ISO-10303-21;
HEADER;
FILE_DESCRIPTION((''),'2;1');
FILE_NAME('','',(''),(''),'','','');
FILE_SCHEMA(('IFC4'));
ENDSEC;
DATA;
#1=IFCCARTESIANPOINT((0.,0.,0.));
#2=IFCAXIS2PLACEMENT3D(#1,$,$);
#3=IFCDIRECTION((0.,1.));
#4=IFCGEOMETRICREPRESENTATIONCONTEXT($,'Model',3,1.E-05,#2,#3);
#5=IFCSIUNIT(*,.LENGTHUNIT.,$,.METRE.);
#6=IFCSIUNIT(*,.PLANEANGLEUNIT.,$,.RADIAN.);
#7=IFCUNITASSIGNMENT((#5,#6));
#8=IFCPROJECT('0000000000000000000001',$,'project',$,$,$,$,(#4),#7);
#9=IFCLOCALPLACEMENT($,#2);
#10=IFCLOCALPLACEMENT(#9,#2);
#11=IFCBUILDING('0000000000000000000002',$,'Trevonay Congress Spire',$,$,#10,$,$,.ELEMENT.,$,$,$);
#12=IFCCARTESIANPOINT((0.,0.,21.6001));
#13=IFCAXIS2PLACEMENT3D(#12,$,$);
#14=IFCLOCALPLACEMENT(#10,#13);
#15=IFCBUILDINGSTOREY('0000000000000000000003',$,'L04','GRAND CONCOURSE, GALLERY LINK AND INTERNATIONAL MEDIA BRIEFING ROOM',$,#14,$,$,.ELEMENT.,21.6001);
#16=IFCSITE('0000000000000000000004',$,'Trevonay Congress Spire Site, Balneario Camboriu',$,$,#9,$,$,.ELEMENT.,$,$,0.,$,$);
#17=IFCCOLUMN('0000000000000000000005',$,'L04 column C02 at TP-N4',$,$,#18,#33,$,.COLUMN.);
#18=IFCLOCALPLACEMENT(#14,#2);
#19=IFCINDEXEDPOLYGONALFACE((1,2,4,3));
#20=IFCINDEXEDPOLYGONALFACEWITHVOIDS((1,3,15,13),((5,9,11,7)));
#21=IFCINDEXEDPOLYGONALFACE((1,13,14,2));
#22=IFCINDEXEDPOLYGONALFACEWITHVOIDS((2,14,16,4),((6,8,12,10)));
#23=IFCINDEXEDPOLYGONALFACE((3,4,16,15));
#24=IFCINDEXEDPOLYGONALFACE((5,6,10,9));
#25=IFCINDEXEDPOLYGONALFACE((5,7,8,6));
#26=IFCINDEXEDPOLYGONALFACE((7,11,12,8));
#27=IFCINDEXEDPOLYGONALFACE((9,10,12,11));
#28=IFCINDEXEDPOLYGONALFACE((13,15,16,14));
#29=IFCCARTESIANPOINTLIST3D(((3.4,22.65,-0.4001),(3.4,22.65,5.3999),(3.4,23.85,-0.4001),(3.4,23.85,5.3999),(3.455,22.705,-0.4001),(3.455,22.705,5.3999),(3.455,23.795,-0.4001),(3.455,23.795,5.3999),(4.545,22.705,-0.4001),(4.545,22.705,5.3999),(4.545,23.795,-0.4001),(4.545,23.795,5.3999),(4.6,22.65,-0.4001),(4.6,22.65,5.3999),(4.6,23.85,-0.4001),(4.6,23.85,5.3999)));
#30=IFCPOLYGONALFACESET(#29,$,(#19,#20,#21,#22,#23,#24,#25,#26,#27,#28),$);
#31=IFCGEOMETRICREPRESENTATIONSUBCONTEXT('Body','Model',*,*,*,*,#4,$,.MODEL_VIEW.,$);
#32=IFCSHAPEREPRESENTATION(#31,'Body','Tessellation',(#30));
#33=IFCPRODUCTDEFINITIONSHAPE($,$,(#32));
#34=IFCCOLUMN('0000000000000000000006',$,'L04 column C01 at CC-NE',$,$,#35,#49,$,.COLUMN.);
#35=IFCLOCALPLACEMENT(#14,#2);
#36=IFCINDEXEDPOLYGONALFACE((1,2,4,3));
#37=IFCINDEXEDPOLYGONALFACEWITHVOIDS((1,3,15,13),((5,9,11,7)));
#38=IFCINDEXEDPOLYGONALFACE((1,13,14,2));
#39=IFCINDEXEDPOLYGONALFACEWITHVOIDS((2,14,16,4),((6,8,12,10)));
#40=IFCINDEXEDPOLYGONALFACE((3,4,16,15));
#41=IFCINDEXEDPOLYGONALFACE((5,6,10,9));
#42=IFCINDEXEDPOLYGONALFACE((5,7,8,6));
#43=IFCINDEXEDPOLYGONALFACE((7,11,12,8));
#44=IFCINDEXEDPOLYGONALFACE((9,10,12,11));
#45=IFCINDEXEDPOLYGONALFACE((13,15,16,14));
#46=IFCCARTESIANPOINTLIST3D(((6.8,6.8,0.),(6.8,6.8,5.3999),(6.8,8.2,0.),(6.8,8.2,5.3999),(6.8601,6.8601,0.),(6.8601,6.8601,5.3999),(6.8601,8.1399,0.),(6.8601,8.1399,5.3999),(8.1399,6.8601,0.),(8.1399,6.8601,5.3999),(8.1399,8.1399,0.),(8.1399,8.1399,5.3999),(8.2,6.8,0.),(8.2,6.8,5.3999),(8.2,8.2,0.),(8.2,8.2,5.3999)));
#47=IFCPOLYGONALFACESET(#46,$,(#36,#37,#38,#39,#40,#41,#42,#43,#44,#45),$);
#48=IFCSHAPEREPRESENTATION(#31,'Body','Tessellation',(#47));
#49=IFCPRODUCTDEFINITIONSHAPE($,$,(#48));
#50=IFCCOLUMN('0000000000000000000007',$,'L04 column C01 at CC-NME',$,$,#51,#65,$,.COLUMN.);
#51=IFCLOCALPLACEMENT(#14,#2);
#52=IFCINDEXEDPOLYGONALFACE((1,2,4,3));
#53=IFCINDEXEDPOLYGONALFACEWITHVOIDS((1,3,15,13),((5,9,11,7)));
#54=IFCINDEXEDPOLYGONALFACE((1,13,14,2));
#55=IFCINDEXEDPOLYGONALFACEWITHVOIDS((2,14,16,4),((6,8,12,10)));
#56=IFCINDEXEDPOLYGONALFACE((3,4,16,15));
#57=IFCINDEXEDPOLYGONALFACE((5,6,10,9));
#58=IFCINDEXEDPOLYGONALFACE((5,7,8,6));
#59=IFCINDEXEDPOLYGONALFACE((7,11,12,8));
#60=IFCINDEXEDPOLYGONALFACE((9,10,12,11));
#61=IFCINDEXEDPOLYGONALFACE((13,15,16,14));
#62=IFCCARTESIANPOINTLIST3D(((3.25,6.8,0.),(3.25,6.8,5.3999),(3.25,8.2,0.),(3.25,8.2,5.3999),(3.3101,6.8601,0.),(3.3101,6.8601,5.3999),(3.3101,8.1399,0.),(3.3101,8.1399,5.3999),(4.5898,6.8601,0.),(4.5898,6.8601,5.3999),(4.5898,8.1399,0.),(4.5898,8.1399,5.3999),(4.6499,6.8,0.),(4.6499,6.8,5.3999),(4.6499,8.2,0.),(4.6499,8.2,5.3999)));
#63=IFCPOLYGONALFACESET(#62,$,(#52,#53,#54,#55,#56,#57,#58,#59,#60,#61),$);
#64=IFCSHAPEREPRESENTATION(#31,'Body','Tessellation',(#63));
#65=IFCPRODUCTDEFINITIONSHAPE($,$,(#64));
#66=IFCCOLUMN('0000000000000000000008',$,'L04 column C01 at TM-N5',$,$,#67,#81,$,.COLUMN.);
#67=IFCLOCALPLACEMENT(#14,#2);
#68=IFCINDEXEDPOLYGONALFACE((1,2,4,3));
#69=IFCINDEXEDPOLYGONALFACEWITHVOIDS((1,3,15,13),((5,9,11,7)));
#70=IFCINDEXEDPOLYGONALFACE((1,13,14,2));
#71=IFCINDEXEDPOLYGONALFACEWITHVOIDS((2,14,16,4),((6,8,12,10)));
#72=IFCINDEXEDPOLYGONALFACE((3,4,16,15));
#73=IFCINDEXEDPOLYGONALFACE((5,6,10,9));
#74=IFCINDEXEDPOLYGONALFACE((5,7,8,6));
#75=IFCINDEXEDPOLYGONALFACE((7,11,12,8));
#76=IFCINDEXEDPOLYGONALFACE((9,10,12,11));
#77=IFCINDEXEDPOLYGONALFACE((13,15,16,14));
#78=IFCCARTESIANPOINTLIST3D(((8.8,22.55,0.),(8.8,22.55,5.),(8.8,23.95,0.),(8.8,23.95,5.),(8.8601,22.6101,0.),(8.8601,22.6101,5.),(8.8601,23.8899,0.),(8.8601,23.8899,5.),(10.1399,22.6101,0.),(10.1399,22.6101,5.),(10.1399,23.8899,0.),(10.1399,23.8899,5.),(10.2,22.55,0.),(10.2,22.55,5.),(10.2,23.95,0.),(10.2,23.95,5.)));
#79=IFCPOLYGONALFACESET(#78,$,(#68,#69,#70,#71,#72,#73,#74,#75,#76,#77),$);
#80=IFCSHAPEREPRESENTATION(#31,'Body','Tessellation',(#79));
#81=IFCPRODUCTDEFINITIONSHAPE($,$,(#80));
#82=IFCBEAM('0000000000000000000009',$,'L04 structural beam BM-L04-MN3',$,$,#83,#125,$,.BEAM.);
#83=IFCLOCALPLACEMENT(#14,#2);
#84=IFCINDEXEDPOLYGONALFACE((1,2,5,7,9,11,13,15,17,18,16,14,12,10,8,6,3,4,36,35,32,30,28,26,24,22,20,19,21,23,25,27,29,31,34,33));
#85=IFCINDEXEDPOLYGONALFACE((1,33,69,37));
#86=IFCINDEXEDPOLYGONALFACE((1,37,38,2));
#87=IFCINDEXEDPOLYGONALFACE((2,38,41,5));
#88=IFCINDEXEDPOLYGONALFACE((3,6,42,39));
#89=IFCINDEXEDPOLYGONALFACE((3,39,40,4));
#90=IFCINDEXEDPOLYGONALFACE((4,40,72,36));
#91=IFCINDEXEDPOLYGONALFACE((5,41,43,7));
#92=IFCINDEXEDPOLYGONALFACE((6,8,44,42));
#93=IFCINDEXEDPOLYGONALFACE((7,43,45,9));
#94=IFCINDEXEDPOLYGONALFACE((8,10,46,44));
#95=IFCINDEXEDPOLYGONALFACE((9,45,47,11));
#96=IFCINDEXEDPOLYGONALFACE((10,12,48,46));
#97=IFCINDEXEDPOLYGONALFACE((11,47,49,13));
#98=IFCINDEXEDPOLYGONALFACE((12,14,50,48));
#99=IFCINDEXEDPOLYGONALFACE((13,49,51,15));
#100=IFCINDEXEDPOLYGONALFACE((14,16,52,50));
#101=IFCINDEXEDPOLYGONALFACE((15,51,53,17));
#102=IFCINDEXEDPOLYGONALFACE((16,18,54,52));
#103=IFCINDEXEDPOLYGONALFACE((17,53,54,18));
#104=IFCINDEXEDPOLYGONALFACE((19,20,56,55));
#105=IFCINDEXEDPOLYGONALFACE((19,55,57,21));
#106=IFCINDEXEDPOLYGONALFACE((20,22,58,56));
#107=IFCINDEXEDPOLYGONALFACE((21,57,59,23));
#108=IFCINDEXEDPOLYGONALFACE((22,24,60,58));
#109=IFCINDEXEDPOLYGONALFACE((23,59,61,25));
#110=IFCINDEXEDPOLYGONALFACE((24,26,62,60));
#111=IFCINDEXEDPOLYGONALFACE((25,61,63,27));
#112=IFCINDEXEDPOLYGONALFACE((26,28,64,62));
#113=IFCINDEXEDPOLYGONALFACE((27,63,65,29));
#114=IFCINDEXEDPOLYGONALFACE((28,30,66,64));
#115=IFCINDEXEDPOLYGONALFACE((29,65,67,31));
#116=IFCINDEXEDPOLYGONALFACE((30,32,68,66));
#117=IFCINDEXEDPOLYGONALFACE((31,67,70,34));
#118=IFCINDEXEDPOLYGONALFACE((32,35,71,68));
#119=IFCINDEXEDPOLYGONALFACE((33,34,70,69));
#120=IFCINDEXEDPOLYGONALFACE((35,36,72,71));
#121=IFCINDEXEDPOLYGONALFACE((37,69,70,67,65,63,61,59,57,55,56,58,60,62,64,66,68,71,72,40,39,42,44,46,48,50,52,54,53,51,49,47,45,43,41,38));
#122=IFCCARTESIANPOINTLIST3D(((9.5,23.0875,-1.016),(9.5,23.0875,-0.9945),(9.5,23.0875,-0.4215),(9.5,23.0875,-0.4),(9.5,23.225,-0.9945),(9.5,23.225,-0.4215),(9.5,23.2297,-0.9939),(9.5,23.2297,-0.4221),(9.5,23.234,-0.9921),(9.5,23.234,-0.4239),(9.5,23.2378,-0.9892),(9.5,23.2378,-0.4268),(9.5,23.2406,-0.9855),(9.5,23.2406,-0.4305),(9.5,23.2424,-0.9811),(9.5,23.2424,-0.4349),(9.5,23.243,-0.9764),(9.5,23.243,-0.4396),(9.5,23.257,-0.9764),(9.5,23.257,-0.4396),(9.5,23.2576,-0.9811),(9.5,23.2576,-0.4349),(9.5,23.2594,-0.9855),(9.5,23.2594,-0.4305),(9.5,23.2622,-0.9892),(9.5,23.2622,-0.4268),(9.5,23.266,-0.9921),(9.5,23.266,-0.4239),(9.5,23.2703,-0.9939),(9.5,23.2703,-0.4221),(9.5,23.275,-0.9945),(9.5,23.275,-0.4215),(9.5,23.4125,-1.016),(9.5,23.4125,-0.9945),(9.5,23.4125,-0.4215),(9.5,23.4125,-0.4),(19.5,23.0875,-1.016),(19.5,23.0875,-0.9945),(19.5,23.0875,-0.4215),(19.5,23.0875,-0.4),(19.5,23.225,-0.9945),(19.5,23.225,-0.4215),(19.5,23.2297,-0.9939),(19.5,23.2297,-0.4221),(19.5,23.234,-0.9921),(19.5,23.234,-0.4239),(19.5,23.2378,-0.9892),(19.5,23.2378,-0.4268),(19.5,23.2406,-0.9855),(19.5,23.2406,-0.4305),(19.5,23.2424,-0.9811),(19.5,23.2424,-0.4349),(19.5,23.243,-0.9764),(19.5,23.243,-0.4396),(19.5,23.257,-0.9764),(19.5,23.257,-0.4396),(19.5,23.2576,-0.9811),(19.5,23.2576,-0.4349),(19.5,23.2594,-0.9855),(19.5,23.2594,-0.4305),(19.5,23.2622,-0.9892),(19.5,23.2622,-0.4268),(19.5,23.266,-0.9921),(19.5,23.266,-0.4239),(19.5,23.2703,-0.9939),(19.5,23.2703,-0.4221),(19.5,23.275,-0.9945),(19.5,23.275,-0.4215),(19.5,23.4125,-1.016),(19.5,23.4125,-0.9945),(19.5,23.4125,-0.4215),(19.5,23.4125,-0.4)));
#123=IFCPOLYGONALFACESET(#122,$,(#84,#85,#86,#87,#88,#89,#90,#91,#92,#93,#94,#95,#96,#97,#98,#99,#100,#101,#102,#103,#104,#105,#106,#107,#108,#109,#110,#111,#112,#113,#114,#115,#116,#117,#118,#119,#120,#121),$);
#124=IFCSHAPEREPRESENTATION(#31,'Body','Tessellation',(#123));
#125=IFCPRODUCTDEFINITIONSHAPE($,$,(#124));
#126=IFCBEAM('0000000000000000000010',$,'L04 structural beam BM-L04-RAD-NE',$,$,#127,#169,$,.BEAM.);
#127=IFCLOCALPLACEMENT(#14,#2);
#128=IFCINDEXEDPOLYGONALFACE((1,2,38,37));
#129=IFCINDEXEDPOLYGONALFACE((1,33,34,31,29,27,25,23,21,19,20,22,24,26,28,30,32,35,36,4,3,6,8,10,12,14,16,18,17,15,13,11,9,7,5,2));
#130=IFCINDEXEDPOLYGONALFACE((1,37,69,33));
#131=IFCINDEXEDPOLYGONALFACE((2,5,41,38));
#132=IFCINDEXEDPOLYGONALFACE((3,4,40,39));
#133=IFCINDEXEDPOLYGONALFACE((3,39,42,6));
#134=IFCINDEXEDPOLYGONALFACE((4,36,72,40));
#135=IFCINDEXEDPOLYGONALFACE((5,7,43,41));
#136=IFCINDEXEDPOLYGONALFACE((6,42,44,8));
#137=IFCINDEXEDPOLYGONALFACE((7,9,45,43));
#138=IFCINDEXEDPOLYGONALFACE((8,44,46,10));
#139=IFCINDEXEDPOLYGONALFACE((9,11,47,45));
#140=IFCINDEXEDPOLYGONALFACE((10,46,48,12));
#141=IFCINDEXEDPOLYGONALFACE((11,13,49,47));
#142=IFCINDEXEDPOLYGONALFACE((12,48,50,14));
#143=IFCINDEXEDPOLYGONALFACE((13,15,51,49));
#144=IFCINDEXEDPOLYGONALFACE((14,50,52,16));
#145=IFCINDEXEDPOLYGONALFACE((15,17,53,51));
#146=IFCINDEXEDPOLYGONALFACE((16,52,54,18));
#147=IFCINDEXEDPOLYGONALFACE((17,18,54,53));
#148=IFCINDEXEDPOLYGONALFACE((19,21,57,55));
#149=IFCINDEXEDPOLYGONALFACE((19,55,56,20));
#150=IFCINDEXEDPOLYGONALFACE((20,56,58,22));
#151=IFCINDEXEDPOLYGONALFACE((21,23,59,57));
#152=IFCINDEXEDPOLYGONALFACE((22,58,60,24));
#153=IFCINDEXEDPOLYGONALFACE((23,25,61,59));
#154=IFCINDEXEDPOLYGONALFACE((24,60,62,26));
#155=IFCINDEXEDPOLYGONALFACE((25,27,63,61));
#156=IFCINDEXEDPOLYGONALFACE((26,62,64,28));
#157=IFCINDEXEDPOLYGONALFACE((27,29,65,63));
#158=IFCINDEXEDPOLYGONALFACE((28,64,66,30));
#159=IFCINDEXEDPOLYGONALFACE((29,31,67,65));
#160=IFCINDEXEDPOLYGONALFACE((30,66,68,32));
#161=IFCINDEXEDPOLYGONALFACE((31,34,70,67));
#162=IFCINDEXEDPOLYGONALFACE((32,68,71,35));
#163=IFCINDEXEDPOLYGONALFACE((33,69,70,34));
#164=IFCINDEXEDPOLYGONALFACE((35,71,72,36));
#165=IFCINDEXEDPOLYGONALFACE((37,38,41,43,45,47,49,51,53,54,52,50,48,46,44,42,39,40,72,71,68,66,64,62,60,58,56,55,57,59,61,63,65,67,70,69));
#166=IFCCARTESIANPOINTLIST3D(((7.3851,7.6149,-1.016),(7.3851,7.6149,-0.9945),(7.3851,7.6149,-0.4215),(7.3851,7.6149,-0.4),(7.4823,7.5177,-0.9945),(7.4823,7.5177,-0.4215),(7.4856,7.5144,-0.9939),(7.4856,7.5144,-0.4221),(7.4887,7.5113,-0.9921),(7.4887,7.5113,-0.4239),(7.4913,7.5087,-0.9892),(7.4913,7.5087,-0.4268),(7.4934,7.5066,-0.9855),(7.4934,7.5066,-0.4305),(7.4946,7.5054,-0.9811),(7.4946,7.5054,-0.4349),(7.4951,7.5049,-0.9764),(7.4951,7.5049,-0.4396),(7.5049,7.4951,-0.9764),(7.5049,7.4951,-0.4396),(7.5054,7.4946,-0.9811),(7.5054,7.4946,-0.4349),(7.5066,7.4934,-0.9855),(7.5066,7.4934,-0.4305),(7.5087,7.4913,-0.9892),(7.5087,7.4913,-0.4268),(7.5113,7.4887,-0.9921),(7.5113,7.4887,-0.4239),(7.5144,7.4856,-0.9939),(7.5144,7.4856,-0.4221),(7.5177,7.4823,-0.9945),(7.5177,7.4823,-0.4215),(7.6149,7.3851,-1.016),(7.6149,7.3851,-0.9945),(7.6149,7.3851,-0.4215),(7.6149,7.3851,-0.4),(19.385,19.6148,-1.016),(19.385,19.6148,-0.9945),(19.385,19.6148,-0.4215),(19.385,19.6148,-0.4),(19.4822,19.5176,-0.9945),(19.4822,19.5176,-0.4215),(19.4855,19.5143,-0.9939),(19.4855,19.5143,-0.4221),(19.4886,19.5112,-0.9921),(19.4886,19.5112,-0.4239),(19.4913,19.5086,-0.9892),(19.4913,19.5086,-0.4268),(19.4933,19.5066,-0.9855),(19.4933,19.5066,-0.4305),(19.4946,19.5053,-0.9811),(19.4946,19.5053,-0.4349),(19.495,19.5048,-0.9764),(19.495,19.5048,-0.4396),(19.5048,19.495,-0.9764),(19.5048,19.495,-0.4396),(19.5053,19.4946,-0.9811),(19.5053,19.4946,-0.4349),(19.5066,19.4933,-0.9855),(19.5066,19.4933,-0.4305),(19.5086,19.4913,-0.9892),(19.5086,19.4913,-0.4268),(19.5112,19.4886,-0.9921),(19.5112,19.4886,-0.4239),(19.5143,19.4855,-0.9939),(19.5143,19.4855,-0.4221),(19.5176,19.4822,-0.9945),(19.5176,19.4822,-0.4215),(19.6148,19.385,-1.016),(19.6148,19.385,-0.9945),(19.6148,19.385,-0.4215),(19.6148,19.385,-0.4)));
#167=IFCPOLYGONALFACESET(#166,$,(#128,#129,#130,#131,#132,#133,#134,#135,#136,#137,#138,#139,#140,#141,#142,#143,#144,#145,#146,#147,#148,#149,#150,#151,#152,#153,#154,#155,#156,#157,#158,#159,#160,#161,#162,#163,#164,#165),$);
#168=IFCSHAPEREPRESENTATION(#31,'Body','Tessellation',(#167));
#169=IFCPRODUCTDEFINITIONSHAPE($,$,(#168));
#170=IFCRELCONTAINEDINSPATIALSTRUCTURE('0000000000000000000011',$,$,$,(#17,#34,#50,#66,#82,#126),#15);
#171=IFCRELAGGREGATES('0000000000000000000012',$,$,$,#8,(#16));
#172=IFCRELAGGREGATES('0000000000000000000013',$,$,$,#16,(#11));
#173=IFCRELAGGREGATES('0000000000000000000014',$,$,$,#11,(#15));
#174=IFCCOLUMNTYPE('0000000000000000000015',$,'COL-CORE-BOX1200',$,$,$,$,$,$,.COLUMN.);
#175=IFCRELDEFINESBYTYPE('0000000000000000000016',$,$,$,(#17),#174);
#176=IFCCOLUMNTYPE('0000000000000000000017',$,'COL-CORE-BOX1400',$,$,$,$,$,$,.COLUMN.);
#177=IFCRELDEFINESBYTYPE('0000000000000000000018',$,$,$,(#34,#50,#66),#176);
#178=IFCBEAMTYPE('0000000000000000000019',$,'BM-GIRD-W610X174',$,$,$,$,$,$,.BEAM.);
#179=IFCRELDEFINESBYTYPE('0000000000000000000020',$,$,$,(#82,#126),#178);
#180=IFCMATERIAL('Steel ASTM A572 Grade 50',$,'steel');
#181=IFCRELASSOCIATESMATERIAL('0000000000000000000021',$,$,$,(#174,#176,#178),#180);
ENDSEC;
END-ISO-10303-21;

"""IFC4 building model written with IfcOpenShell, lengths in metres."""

from ifc_helpers import new_model, si_unit, direction, frame, origin, origin_2d, place, context, subcontext, project, spatial, hollow_rectangle, i_section, extrude, material, material_profile, profile_set, type_object, element, save


model = new_model("IFC4")

# Units and contexts
model_context = context("Model", 3, precision=1e-05, world=origin(), true_north=direction((0.0, 1.0)))
body_context = subcontext(model_context, "Body", "Model", "MODEL_VIEW")
ifc_project = project(units=[si_unit("LENGTHUNIT", "METRE"), si_unit("PLANEANGLEUNIT", "RADIAN")], contexts=[model_context])

# Site, building, storey
site_placement = place(None, origin())
site = spatial("IfcSite", under=ifc_project, at=site_placement, Name="Trevonay Congress Spire Site, Balneario Camboriu", CompositionType="ELEMENT", RefElevation=0.0)
building_placement = place(site_placement, origin())
building = spatial("IfcBuilding", under=site, at=building_placement, Name="Trevonay Congress Spire", CompositionType="ELEMENT")
storey_placement = place(building_placement, frame((0.0, 0.0, 21.6001)))
storey = spatial("IfcBuildingStorey", under=building, at=storey_placement, Name="L04", Description="GRAND CONCOURSE, GALLERY LINK AND INTERNATIONAL MEDIA BRIEFING ROOM", CompositionType="ELEMENT", Elevation=21.6001)

# Columns
ifc_material_1 = material(Name="Steel ASTM A572 Grade 50", Category="steel")
ifc_material_profile_1 = material_profile(ifc_material_1, hollow_rectangle(XDim=1.2, YDim=1.2, WallThickness=0.0549, at=origin_2d()), Name="BOX 1200x1200x55")
ifc_profile_set_1 = profile_set([ifc_material_profile_1], Name="Steel ASTM A572 Grade 50")
column_type_1 = type_object("IfcColumnType", Name="COL-CORE-BOX1200", PredefinedType="COLUMN", material=ifc_profile_set_1)
column_1_placement = place(storey_placement, frame((4.0, 23.25, -0.4001), z_axis=(0.0, 0.0, 1.0), x_axis=(1.0, 0.0, 0.0)))
element("IfcColumn", 1, at=column_1_placement, inside=storey, type_object=column_type_1, Name="L04 column C02 at TP-N4", PredefinedType="COLUMN", context=body_context, shape_type="SweptSolid", body=[
    extrude(hollow_rectangle(XDim=1.2, YDim=1.2, WallThickness=0.0549, at=origin_2d()), origin(), (0.0, 0.0, 1.0), 5.8),
])
ifc_material_profile_2 = material_profile(ifc_material_1, hollow_rectangle(XDim=1.3999, YDim=1.3999, WallThickness=0.0601, at=origin_2d()), Name="BOX 1400x1400x60")
ifc_profile_set_2 = profile_set([ifc_material_profile_2], Name="Steel ASTM A572 Grade 50")
column_type_2 = type_object("IfcColumnType", Name="COL-CORE-BOX1400", PredefinedType="COLUMN", material=ifc_profile_set_2)
for number, where, z_axis, x_axis, name in (
    (2, (7.5, 7.5, 0.0), (0.0, 0.0, 1.0), (1.0, 0.0, 0.0), "L04 column C01 at CC-NE"),
    (3, (3.95, 7.5, 0.0), (0.0, 0.0, 1.0), (1.0, 0.0, 0.0), "L04 column C01 at CC-NME"),
):
    element("IfcColumn", number, at=place(storey_placement, frame(where, z_axis=z_axis, x_axis=x_axis)), inside=storey, type_object=column_type_2, Name=name, PredefinedType="COLUMN", context=body_context, shape_type="SweptSolid", body=[
        extrude(hollow_rectangle(XDim=1.3999, YDim=1.3999, WallThickness=0.0601, at=origin_2d()), origin(), (0.0, 0.0, 1.0), 5.3999),
    ])
column_2_placement = place(storey_placement, frame((9.5, 23.25, 0.0), z_axis=(0.0, 0.0, 1.0), x_axis=(1.0, 0.0, 0.0)))
element("IfcColumn", 4, at=column_2_placement, inside=storey, type_object=column_type_2, Name="L04 column C01 at TM-N5", PredefinedType="COLUMN", context=body_context, shape_type="SweptSolid", body=[
    extrude(hollow_rectangle(XDim=1.3999, YDim=1.3999, WallThickness=0.0601, at=origin_2d()), origin(), (0.0, 0.0, 1.0), 5.0),
])

# Beams
ifc_material_profile_3 = material_profile(ifc_material_1, i_section(OverallWidth=0.325, OverallDepth=0.616, WebThickness=0.0139, FlangeThickness=0.0215, FilletRadius=0.0181, at=origin_2d()), Name="W610x174")
ifc_profile_set_3 = profile_set([ifc_material_profile_3], Name="Steel ASTM A572 Grade 50")
beam_type_1 = type_object("IfcBeamType", Name="BM-GIRD-W610X174", PredefinedType="BEAM", material=ifc_profile_set_3)
beam_1_placement = place(storey_placement, frame((9.5, 23.25, -0.708), z_axis=(1.0, 0.0, 0.0), x_axis=(0.0, 1.0, 0.0)))
element("IfcBeam", 5, at=beam_1_placement, inside=storey, type_object=beam_type_1, Name="L04 structural beam BM-L04-MN3", PredefinedType="BEAM", context=body_context, shape_type="SweptSolid", body=[
    extrude(i_section(OverallWidth=0.325, OverallDepth=0.616, WebThickness=0.0139, FlangeThickness=0.0215, FilletRadius=0.0181, at=origin_2d()), origin(), (0.0, 0.0, 1.0), 10.0),
])
beam_2_placement = place(storey_placement, frame((7.5, 7.5, -0.708), z_axis=(0.707107, 0.707107, 0.0), x_axis=(-0.707107, 0.707107, 0.0)))
element("IfcBeam", 6, at=beam_2_placement, inside=storey, type_object=beam_type_1, Name="L04 structural beam BM-L04-RAD-NE", PredefinedType="BEAM", context=body_context, shape_type="SweptSolid", body=[
    extrude(i_section(OverallWidth=0.325, OverallDepth=0.616, WebThickness=0.0139, FlangeThickness=0.0215, FilletRadius=0.0181, at=origin_2d()), origin(), (0.0, 0.0, 1.0), 16.9705),
])

save(model, "model.ifc")
